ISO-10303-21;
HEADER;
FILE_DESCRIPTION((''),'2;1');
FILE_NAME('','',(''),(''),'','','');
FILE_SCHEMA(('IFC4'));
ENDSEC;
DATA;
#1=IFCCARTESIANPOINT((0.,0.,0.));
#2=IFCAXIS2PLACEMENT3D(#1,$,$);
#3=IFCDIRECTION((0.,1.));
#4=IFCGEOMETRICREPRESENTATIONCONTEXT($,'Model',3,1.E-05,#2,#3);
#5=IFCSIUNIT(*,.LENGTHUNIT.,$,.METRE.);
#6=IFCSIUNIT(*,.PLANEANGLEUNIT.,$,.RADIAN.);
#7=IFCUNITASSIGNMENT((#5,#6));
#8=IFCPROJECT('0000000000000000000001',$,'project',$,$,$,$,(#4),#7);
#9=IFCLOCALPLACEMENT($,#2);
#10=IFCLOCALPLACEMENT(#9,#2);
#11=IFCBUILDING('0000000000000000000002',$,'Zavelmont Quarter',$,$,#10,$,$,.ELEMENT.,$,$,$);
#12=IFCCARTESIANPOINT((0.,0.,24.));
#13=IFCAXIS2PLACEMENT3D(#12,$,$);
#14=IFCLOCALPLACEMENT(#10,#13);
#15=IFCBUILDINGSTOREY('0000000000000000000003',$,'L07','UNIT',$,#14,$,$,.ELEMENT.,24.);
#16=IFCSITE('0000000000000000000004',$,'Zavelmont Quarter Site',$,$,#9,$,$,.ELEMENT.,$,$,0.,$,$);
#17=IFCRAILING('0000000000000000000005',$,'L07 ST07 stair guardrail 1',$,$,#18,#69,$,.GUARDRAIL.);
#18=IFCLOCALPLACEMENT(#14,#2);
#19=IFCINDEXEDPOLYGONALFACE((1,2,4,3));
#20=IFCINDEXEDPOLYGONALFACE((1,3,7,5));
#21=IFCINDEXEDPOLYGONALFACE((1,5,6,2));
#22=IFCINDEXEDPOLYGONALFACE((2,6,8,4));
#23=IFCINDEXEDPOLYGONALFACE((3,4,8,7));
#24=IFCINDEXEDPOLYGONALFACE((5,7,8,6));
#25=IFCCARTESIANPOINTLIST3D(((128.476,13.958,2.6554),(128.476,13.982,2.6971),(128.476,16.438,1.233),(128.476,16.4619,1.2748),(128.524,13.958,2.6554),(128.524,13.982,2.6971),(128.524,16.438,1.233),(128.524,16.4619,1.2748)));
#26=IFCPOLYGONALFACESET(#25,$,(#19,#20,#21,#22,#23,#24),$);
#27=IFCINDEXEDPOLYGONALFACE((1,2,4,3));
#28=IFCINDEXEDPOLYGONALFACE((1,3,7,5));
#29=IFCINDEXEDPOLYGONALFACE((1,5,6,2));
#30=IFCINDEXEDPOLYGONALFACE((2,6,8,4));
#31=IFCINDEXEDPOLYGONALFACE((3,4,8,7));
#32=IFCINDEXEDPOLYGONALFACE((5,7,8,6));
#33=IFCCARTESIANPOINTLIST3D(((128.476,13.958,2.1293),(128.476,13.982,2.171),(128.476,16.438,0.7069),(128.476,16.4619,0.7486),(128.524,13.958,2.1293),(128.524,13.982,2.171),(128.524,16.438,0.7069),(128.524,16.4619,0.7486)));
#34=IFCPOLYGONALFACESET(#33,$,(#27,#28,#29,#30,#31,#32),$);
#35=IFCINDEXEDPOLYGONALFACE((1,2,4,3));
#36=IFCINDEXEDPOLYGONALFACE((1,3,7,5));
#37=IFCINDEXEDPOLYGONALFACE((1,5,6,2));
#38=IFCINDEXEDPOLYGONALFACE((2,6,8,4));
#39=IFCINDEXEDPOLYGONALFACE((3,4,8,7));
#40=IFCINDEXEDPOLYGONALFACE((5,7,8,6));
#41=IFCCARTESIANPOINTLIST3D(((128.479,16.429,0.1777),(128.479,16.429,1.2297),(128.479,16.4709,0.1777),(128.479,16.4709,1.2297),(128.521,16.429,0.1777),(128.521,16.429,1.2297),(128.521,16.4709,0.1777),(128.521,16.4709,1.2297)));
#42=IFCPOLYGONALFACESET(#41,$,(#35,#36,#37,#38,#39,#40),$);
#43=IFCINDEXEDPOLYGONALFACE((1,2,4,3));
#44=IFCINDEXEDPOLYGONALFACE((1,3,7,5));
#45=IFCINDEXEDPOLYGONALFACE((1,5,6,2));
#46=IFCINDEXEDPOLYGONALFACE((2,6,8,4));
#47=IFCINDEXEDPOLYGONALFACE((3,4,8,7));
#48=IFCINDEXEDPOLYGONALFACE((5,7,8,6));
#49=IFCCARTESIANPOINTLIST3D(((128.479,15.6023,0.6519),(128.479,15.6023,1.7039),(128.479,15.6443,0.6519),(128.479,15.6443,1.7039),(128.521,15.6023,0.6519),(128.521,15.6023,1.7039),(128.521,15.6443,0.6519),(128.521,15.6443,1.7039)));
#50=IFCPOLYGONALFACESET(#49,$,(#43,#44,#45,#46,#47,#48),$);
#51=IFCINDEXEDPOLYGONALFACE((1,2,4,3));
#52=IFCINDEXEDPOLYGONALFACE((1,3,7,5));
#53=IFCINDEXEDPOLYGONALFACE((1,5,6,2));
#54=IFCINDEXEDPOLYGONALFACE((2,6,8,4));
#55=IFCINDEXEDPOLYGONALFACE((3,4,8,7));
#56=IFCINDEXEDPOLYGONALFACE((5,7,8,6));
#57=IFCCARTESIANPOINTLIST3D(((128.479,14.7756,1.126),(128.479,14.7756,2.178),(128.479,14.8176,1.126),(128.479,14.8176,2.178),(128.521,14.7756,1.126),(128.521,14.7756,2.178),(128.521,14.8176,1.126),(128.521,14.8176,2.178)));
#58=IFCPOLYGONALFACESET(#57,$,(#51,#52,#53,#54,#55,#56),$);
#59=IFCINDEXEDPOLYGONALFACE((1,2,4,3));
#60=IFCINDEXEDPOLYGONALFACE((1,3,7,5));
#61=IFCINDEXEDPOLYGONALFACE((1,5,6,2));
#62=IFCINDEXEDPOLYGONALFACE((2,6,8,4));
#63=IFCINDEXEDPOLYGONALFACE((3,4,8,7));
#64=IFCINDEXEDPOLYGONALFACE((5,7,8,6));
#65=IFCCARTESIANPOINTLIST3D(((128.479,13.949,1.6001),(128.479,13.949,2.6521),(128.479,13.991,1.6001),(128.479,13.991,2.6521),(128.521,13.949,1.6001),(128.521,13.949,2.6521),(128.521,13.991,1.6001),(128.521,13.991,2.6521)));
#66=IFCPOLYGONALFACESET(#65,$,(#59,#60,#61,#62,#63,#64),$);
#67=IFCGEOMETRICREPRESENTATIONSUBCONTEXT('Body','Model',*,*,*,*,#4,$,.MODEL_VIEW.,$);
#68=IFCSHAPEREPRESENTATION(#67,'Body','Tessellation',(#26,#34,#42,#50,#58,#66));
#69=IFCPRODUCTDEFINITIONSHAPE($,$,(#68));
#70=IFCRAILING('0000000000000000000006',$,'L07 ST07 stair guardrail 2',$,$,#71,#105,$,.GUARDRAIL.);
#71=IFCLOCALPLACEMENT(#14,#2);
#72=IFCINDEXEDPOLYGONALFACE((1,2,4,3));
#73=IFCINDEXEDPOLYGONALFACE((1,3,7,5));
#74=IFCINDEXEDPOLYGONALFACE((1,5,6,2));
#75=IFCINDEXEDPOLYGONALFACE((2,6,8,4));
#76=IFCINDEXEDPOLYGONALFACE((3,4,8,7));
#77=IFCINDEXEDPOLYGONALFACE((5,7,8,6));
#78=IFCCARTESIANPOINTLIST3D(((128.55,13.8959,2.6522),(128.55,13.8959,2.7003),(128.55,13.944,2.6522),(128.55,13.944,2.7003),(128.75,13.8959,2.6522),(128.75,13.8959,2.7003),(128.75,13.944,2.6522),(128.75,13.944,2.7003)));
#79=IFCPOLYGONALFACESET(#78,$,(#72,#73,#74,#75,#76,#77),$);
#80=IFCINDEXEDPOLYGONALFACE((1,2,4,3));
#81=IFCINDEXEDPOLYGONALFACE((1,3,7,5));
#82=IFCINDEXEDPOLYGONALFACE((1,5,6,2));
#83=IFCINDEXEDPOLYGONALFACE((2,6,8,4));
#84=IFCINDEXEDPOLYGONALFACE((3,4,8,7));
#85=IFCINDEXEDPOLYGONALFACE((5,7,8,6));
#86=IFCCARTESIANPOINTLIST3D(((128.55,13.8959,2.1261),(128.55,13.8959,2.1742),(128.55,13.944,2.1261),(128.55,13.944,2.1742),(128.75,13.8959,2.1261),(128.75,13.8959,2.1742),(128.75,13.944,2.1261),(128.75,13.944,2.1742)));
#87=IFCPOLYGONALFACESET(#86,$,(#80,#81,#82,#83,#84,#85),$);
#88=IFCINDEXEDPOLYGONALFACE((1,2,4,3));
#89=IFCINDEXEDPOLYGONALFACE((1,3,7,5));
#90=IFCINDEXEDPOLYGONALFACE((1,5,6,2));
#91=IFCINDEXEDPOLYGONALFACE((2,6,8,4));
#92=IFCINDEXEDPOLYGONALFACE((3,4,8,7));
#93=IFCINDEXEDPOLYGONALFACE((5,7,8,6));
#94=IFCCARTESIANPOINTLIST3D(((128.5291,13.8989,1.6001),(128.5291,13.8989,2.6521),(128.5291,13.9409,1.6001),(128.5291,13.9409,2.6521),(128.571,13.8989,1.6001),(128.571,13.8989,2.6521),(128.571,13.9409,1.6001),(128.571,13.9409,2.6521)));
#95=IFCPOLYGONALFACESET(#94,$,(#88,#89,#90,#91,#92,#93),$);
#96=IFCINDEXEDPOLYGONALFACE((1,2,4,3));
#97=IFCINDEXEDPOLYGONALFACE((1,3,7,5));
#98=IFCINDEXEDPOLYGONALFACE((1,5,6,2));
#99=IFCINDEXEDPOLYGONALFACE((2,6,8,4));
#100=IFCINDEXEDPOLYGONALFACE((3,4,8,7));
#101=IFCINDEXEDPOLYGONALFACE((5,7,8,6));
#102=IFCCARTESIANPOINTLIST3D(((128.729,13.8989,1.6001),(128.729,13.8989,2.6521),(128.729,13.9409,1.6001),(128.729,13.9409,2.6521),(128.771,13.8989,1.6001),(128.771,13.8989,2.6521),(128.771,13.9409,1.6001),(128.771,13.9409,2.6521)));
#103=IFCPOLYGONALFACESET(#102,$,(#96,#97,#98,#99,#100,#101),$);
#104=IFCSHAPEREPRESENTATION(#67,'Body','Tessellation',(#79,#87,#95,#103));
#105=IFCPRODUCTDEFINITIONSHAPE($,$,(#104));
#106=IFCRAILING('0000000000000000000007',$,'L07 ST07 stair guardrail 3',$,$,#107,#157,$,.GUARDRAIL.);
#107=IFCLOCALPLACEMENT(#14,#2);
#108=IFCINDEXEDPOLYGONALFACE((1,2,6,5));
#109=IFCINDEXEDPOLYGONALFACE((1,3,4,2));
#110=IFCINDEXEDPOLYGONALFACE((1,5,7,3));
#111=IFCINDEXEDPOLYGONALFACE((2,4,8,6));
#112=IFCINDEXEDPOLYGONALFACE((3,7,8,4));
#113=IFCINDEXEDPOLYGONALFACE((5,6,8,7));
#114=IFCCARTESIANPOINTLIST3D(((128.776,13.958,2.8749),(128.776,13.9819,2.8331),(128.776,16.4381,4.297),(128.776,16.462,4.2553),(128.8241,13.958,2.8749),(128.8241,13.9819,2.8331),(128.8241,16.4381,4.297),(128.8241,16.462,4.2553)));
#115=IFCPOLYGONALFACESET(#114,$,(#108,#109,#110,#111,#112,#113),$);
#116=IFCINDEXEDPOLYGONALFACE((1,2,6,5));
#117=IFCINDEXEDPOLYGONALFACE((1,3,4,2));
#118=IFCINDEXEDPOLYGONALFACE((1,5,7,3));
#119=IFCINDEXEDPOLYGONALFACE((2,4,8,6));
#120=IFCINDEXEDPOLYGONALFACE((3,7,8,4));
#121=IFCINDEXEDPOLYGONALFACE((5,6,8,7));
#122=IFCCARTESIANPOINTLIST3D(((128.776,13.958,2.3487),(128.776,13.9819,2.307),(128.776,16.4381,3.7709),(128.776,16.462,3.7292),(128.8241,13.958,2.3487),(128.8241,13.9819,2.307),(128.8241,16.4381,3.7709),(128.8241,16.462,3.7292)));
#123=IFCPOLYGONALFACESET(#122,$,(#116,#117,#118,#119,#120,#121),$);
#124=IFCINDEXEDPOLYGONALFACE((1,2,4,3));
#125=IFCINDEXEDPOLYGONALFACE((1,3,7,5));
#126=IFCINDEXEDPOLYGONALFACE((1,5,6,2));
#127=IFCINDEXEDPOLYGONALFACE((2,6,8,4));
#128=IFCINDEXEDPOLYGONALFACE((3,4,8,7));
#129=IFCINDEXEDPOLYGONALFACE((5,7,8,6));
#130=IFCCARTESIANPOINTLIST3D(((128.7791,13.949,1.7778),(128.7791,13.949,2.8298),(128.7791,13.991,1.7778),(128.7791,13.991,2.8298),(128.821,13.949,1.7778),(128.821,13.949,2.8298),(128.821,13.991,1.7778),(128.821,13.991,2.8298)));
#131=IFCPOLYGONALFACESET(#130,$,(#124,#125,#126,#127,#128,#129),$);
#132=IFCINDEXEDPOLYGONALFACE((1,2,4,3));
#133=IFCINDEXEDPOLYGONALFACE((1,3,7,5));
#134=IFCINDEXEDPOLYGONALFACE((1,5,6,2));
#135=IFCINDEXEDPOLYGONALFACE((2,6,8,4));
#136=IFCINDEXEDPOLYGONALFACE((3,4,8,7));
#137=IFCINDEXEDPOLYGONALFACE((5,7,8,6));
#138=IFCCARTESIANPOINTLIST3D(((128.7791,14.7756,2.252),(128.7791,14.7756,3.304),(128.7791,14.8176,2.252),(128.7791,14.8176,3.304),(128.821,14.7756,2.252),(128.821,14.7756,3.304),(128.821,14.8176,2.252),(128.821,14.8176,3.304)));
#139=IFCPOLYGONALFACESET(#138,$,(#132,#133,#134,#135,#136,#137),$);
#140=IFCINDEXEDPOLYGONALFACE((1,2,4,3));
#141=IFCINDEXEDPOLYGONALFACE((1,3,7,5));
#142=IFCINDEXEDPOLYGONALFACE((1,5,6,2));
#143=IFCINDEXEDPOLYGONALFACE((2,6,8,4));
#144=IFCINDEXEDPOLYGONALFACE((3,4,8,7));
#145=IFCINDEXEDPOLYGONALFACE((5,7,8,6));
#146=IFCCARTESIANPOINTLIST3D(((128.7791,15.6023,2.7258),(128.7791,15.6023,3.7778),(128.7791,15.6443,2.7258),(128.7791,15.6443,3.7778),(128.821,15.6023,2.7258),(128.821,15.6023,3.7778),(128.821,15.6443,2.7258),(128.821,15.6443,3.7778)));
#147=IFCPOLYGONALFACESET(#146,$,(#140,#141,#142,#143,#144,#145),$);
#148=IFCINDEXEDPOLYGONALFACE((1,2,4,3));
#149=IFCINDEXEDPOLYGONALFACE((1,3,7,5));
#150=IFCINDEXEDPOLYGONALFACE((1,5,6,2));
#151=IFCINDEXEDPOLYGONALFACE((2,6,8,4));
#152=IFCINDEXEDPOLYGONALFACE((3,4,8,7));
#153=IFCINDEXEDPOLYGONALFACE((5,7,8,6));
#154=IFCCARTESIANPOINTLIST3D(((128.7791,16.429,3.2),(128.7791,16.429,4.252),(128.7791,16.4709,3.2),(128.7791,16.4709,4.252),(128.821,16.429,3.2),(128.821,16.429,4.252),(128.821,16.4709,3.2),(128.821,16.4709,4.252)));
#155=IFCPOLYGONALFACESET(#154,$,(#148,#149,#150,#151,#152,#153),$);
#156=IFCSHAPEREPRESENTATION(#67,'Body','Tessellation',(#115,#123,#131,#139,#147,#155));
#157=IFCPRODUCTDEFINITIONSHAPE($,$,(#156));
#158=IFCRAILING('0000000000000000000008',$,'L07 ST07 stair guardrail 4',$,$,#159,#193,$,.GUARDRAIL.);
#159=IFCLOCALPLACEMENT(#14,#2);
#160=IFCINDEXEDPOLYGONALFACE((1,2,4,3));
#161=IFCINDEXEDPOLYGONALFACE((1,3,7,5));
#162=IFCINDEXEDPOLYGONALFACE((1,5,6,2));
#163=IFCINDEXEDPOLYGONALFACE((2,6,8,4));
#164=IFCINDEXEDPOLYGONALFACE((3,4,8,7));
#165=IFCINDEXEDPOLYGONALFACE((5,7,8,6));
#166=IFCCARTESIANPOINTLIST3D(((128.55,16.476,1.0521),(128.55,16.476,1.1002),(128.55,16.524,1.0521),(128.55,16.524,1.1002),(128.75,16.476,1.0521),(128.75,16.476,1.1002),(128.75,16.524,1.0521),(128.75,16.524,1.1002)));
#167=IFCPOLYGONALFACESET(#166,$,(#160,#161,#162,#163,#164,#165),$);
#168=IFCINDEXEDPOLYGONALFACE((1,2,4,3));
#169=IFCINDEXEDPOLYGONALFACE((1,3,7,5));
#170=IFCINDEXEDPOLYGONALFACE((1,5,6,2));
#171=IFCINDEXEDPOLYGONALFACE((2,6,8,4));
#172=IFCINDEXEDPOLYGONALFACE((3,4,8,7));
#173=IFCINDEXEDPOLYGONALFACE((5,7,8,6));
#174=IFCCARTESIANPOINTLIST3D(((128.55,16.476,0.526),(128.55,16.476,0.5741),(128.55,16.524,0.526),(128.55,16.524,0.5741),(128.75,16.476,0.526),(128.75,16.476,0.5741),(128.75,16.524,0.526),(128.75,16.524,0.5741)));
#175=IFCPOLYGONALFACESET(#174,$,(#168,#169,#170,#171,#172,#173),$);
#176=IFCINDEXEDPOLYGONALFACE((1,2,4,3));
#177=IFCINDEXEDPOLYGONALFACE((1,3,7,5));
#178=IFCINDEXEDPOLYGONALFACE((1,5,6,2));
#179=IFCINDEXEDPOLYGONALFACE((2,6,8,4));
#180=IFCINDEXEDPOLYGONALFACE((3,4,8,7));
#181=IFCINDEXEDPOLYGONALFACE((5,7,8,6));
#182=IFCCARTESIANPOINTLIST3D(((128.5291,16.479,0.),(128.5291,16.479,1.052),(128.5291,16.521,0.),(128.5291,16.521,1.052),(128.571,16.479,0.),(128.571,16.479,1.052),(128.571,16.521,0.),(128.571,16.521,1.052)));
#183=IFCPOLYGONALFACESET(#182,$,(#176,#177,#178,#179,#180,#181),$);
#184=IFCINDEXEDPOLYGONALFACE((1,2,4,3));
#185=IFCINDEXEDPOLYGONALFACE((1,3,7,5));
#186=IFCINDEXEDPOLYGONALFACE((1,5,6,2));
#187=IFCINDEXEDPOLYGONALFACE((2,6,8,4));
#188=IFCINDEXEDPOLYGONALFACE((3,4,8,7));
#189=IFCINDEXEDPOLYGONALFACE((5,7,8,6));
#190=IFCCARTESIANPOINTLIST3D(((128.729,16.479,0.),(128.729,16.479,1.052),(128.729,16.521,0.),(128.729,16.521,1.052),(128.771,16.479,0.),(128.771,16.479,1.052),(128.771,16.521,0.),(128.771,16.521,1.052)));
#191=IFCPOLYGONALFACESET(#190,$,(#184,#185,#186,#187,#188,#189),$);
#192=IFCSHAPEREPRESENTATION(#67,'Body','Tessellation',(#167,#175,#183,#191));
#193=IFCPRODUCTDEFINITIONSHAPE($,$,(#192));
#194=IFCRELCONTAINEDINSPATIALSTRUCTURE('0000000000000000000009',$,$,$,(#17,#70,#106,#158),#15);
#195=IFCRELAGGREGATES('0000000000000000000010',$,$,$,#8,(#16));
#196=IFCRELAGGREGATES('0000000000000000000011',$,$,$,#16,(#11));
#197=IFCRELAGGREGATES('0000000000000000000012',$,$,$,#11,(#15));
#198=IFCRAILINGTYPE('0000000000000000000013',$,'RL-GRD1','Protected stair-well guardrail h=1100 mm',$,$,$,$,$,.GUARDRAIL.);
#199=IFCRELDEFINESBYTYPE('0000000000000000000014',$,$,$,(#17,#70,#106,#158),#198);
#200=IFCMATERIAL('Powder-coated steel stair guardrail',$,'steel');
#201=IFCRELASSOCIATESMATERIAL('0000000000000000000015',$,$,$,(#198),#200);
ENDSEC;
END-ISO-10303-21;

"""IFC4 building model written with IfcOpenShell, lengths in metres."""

from ifc_helpers import new_model, si_unit, direction, frame, origin, origin_2d, place, context, subcontext, project, spatial, rectangle, extrude, material, type_object, element, save


model = new_model("IFC4")

# Units and contexts
model_context = context("Model", 3, precision=1e-05, world=origin(), true_north=direction((0.0, 1.0)))
body_context = subcontext(model_context, "Body", "Model", "MODEL_VIEW")
ifc_project = project(units=[si_unit("LENGTHUNIT", "METRE"), si_unit("PLANEANGLEUNIT", "RADIAN")], contexts=[model_context])

# Site, building, storey
site_placement = place(None, origin())
site = spatial("IfcSite", under=ifc_project, at=site_placement, Name="Zavelmont Quarter Site", CompositionType="ELEMENT", RefElevation=0.0)
building_placement = place(site_placement, origin())
building = spatial("IfcBuilding", under=site, at=building_placement, Name="Zavelmont Quarter", CompositionType="ELEMENT")
storey_placement = place(building_placement, frame((0.0, 0.0, 24.0)))
storey = spatial("IfcBuildingStorey", under=building, at=storey_placement, Name="L07", Description="UNIT", CompositionType="ELEMENT", Elevation=24.0)

# Railings
ifc_material_1 = material(Name="Powder-coated steel stair guardrail", Category="steel")
railing_type_1 = type_object("IfcRailingType", Name="RL-GRD1", Description="Protected stair-well guardrail h=1100 mm", PredefinedType="GUARDRAIL", material=ifc_material_1)
railing_1_placement = place(storey_placement, frame((128.5, 16.45, 0.1777)))
element("IfcRailing", 1, at=railing_1_placement, inside=storey, type_object=railing_type_1, Name="L07 ST07 stair guardrail 1", PredefinedType="GUARDRAIL", context=body_context, shape_type="SweptSolid", body=[
    extrude(rectangle(XDim=0.0481, YDim=0.0481, at=origin_2d()), frame((0.0, 0.0, 1.0762), z_axis=(0.0, -0.867454, 0.497518), x_axis=(1.0, 0.0, 0.0)), (0.0, 0.0, 1.0), 2.8589),
    extrude(rectangle(XDim=0.0481, YDim=0.0481, at=origin_2d()), frame((0.0, 0.0, 0.55), z_axis=(0.0, -0.867454, 0.497518), x_axis=(1.0, 0.0, 0.0)), (0.0, 0.0, 1.0), 2.8589),
    extrude(rectangle(XDim=0.042, YDim=0.042, at=origin_2d()), origin(), (0.0, 0.0, 1.0), 1.052),
    extrude(rectangle(XDim=0.042, YDim=0.042, at=origin_2d()), frame((0.0, -0.8267, 0.4741)), (0.0, 0.0, 1.0), 1.052),
    extrude(rectangle(XDim=0.042, YDim=0.042, at=origin_2d()), frame((0.0, -1.6533, 0.9482)), (0.0, 0.0, 1.0), 1.052),
    extrude(rectangle(XDim=0.042, YDim=0.042, at=origin_2d()), frame((0.0, -2.48, 1.4224)), (0.0, 0.0, 1.0), 1.052),
])
railing_2_placement = place(storey_placement, frame((128.55, 13.9199, 1.6001)))
element("IfcRailing", 2, at=railing_2_placement, inside=storey, type_object=railing_type_1, Name="L07 ST07 stair guardrail 2", PredefinedType="GUARDRAIL", context=body_context, shape_type="SweptSolid", body=[
    extrude(rectangle(XDim=0.0481, YDim=0.0481, at=origin_2d()), frame((0.0, 0.0, 1.0762), z_axis=(1.0, 0.0, 0.0), x_axis=(0.0, 1.0, 0.0)), (0.0, 0.0, 1.0), 0.2),
    extrude(rectangle(XDim=0.0481, YDim=0.0481, at=origin_2d()), frame((0.0, 0.0, 0.55), z_axis=(1.0, 0.0, 0.0), x_axis=(0.0, 1.0, 0.0)), (0.0, 0.0, 1.0), 0.2),
    extrude(rectangle(XDim=0.042, YDim=0.042, at=origin_2d()), origin(), (0.0, 0.0, 1.0), 1.052),
    extrude(rectangle(XDim=0.042, YDim=0.042, at=origin_2d()), frame((0.2, 0.0, 0.0)), (0.0, 0.0, 1.0), 1.052),
])
railing_3_placement = place(storey_placement, frame((128.8, 13.97, 1.7778)))
element("IfcRailing", 3, at=railing_3_placement, inside=storey, type_object=railing_type_1, Name="L07 ST07 stair guardrail 3", PredefinedType="GUARDRAIL", context=body_context, shape_type="SweptSolid", body=[
    extrude(rectangle(XDim=0.0481, YDim=0.0481, at=origin_2d()), frame((0.0, 0.0, 1.0762), z_axis=(0.0, 0.867491, 0.497454), x_axis=(-1.0, 0.0, 0.0)), (0.0, 0.0, 1.0), 2.8589),
    extrude(rectangle(XDim=0.0481, YDim=0.0481, at=origin_2d()), frame((0.0, 0.0, 0.55), z_axis=(0.0, 0.867491, 0.497454), x_axis=(-1.0, 0.0, 0.0)), (0.0, 0.0, 1.0), 2.8589),
    extrude(rectangle(XDim=0.042, YDim=0.042, at=origin_2d()), origin(), (0.0, 0.0, 1.0), 1.052),
    extrude(rectangle(XDim=0.042, YDim=0.042, at=origin_2d()), frame((0.0, 0.8267, 0.4741)), (0.0, 0.0, 1.0), 1.052),
    extrude(rectangle(XDim=0.042, YDim=0.042, at=origin_2d()), frame((0.0, 1.6533, 0.948)), (0.0, 0.0, 1.0), 1.052),
    extrude(rectangle(XDim=0.042, YDim=0.042, at=origin_2d()), frame((0.0, 2.48, 1.4221)), (0.0, 0.0, 1.0), 1.052),
])
railing_4_placement = place(storey_placement, frame((128.55, 16.5, 0.0)))
element("IfcRailing", 4, at=railing_4_placement, inside=storey, type_object=railing_type_1, Name="L07 ST07 stair guardrail 4", PredefinedType="GUARDRAIL", context=body_context, shape_type="SweptSolid", body=[
    extrude(rectangle(XDim=0.0481, YDim=0.0481, at=origin_2d()), frame((0.0, 0.0, 1.0762), z_axis=(1.0, 0.0, 0.0), x_axis=(0.0, 1.0, 0.0)), (0.0, 0.0, 1.0), 0.2),
    extrude(rectangle(XDim=0.0481, YDim=0.0481, at=origin_2d()), frame((0.0, 0.0, 0.55), z_axis=(1.0, 0.0, 0.0), x_axis=(0.0, 1.0, 0.0)), (0.0, 0.0, 1.0), 0.2),
    extrude(rectangle(XDim=0.042, YDim=0.042, at=origin_2d()), origin(), (0.0, 0.0, 1.0), 1.052),
    extrude(rectangle(XDim=0.042, YDim=0.042, at=origin_2d()), frame((0.2, 0.0, 0.0)), (0.0, 0.0, 1.0), 1.052),
])

save(model, "model.ifc")
